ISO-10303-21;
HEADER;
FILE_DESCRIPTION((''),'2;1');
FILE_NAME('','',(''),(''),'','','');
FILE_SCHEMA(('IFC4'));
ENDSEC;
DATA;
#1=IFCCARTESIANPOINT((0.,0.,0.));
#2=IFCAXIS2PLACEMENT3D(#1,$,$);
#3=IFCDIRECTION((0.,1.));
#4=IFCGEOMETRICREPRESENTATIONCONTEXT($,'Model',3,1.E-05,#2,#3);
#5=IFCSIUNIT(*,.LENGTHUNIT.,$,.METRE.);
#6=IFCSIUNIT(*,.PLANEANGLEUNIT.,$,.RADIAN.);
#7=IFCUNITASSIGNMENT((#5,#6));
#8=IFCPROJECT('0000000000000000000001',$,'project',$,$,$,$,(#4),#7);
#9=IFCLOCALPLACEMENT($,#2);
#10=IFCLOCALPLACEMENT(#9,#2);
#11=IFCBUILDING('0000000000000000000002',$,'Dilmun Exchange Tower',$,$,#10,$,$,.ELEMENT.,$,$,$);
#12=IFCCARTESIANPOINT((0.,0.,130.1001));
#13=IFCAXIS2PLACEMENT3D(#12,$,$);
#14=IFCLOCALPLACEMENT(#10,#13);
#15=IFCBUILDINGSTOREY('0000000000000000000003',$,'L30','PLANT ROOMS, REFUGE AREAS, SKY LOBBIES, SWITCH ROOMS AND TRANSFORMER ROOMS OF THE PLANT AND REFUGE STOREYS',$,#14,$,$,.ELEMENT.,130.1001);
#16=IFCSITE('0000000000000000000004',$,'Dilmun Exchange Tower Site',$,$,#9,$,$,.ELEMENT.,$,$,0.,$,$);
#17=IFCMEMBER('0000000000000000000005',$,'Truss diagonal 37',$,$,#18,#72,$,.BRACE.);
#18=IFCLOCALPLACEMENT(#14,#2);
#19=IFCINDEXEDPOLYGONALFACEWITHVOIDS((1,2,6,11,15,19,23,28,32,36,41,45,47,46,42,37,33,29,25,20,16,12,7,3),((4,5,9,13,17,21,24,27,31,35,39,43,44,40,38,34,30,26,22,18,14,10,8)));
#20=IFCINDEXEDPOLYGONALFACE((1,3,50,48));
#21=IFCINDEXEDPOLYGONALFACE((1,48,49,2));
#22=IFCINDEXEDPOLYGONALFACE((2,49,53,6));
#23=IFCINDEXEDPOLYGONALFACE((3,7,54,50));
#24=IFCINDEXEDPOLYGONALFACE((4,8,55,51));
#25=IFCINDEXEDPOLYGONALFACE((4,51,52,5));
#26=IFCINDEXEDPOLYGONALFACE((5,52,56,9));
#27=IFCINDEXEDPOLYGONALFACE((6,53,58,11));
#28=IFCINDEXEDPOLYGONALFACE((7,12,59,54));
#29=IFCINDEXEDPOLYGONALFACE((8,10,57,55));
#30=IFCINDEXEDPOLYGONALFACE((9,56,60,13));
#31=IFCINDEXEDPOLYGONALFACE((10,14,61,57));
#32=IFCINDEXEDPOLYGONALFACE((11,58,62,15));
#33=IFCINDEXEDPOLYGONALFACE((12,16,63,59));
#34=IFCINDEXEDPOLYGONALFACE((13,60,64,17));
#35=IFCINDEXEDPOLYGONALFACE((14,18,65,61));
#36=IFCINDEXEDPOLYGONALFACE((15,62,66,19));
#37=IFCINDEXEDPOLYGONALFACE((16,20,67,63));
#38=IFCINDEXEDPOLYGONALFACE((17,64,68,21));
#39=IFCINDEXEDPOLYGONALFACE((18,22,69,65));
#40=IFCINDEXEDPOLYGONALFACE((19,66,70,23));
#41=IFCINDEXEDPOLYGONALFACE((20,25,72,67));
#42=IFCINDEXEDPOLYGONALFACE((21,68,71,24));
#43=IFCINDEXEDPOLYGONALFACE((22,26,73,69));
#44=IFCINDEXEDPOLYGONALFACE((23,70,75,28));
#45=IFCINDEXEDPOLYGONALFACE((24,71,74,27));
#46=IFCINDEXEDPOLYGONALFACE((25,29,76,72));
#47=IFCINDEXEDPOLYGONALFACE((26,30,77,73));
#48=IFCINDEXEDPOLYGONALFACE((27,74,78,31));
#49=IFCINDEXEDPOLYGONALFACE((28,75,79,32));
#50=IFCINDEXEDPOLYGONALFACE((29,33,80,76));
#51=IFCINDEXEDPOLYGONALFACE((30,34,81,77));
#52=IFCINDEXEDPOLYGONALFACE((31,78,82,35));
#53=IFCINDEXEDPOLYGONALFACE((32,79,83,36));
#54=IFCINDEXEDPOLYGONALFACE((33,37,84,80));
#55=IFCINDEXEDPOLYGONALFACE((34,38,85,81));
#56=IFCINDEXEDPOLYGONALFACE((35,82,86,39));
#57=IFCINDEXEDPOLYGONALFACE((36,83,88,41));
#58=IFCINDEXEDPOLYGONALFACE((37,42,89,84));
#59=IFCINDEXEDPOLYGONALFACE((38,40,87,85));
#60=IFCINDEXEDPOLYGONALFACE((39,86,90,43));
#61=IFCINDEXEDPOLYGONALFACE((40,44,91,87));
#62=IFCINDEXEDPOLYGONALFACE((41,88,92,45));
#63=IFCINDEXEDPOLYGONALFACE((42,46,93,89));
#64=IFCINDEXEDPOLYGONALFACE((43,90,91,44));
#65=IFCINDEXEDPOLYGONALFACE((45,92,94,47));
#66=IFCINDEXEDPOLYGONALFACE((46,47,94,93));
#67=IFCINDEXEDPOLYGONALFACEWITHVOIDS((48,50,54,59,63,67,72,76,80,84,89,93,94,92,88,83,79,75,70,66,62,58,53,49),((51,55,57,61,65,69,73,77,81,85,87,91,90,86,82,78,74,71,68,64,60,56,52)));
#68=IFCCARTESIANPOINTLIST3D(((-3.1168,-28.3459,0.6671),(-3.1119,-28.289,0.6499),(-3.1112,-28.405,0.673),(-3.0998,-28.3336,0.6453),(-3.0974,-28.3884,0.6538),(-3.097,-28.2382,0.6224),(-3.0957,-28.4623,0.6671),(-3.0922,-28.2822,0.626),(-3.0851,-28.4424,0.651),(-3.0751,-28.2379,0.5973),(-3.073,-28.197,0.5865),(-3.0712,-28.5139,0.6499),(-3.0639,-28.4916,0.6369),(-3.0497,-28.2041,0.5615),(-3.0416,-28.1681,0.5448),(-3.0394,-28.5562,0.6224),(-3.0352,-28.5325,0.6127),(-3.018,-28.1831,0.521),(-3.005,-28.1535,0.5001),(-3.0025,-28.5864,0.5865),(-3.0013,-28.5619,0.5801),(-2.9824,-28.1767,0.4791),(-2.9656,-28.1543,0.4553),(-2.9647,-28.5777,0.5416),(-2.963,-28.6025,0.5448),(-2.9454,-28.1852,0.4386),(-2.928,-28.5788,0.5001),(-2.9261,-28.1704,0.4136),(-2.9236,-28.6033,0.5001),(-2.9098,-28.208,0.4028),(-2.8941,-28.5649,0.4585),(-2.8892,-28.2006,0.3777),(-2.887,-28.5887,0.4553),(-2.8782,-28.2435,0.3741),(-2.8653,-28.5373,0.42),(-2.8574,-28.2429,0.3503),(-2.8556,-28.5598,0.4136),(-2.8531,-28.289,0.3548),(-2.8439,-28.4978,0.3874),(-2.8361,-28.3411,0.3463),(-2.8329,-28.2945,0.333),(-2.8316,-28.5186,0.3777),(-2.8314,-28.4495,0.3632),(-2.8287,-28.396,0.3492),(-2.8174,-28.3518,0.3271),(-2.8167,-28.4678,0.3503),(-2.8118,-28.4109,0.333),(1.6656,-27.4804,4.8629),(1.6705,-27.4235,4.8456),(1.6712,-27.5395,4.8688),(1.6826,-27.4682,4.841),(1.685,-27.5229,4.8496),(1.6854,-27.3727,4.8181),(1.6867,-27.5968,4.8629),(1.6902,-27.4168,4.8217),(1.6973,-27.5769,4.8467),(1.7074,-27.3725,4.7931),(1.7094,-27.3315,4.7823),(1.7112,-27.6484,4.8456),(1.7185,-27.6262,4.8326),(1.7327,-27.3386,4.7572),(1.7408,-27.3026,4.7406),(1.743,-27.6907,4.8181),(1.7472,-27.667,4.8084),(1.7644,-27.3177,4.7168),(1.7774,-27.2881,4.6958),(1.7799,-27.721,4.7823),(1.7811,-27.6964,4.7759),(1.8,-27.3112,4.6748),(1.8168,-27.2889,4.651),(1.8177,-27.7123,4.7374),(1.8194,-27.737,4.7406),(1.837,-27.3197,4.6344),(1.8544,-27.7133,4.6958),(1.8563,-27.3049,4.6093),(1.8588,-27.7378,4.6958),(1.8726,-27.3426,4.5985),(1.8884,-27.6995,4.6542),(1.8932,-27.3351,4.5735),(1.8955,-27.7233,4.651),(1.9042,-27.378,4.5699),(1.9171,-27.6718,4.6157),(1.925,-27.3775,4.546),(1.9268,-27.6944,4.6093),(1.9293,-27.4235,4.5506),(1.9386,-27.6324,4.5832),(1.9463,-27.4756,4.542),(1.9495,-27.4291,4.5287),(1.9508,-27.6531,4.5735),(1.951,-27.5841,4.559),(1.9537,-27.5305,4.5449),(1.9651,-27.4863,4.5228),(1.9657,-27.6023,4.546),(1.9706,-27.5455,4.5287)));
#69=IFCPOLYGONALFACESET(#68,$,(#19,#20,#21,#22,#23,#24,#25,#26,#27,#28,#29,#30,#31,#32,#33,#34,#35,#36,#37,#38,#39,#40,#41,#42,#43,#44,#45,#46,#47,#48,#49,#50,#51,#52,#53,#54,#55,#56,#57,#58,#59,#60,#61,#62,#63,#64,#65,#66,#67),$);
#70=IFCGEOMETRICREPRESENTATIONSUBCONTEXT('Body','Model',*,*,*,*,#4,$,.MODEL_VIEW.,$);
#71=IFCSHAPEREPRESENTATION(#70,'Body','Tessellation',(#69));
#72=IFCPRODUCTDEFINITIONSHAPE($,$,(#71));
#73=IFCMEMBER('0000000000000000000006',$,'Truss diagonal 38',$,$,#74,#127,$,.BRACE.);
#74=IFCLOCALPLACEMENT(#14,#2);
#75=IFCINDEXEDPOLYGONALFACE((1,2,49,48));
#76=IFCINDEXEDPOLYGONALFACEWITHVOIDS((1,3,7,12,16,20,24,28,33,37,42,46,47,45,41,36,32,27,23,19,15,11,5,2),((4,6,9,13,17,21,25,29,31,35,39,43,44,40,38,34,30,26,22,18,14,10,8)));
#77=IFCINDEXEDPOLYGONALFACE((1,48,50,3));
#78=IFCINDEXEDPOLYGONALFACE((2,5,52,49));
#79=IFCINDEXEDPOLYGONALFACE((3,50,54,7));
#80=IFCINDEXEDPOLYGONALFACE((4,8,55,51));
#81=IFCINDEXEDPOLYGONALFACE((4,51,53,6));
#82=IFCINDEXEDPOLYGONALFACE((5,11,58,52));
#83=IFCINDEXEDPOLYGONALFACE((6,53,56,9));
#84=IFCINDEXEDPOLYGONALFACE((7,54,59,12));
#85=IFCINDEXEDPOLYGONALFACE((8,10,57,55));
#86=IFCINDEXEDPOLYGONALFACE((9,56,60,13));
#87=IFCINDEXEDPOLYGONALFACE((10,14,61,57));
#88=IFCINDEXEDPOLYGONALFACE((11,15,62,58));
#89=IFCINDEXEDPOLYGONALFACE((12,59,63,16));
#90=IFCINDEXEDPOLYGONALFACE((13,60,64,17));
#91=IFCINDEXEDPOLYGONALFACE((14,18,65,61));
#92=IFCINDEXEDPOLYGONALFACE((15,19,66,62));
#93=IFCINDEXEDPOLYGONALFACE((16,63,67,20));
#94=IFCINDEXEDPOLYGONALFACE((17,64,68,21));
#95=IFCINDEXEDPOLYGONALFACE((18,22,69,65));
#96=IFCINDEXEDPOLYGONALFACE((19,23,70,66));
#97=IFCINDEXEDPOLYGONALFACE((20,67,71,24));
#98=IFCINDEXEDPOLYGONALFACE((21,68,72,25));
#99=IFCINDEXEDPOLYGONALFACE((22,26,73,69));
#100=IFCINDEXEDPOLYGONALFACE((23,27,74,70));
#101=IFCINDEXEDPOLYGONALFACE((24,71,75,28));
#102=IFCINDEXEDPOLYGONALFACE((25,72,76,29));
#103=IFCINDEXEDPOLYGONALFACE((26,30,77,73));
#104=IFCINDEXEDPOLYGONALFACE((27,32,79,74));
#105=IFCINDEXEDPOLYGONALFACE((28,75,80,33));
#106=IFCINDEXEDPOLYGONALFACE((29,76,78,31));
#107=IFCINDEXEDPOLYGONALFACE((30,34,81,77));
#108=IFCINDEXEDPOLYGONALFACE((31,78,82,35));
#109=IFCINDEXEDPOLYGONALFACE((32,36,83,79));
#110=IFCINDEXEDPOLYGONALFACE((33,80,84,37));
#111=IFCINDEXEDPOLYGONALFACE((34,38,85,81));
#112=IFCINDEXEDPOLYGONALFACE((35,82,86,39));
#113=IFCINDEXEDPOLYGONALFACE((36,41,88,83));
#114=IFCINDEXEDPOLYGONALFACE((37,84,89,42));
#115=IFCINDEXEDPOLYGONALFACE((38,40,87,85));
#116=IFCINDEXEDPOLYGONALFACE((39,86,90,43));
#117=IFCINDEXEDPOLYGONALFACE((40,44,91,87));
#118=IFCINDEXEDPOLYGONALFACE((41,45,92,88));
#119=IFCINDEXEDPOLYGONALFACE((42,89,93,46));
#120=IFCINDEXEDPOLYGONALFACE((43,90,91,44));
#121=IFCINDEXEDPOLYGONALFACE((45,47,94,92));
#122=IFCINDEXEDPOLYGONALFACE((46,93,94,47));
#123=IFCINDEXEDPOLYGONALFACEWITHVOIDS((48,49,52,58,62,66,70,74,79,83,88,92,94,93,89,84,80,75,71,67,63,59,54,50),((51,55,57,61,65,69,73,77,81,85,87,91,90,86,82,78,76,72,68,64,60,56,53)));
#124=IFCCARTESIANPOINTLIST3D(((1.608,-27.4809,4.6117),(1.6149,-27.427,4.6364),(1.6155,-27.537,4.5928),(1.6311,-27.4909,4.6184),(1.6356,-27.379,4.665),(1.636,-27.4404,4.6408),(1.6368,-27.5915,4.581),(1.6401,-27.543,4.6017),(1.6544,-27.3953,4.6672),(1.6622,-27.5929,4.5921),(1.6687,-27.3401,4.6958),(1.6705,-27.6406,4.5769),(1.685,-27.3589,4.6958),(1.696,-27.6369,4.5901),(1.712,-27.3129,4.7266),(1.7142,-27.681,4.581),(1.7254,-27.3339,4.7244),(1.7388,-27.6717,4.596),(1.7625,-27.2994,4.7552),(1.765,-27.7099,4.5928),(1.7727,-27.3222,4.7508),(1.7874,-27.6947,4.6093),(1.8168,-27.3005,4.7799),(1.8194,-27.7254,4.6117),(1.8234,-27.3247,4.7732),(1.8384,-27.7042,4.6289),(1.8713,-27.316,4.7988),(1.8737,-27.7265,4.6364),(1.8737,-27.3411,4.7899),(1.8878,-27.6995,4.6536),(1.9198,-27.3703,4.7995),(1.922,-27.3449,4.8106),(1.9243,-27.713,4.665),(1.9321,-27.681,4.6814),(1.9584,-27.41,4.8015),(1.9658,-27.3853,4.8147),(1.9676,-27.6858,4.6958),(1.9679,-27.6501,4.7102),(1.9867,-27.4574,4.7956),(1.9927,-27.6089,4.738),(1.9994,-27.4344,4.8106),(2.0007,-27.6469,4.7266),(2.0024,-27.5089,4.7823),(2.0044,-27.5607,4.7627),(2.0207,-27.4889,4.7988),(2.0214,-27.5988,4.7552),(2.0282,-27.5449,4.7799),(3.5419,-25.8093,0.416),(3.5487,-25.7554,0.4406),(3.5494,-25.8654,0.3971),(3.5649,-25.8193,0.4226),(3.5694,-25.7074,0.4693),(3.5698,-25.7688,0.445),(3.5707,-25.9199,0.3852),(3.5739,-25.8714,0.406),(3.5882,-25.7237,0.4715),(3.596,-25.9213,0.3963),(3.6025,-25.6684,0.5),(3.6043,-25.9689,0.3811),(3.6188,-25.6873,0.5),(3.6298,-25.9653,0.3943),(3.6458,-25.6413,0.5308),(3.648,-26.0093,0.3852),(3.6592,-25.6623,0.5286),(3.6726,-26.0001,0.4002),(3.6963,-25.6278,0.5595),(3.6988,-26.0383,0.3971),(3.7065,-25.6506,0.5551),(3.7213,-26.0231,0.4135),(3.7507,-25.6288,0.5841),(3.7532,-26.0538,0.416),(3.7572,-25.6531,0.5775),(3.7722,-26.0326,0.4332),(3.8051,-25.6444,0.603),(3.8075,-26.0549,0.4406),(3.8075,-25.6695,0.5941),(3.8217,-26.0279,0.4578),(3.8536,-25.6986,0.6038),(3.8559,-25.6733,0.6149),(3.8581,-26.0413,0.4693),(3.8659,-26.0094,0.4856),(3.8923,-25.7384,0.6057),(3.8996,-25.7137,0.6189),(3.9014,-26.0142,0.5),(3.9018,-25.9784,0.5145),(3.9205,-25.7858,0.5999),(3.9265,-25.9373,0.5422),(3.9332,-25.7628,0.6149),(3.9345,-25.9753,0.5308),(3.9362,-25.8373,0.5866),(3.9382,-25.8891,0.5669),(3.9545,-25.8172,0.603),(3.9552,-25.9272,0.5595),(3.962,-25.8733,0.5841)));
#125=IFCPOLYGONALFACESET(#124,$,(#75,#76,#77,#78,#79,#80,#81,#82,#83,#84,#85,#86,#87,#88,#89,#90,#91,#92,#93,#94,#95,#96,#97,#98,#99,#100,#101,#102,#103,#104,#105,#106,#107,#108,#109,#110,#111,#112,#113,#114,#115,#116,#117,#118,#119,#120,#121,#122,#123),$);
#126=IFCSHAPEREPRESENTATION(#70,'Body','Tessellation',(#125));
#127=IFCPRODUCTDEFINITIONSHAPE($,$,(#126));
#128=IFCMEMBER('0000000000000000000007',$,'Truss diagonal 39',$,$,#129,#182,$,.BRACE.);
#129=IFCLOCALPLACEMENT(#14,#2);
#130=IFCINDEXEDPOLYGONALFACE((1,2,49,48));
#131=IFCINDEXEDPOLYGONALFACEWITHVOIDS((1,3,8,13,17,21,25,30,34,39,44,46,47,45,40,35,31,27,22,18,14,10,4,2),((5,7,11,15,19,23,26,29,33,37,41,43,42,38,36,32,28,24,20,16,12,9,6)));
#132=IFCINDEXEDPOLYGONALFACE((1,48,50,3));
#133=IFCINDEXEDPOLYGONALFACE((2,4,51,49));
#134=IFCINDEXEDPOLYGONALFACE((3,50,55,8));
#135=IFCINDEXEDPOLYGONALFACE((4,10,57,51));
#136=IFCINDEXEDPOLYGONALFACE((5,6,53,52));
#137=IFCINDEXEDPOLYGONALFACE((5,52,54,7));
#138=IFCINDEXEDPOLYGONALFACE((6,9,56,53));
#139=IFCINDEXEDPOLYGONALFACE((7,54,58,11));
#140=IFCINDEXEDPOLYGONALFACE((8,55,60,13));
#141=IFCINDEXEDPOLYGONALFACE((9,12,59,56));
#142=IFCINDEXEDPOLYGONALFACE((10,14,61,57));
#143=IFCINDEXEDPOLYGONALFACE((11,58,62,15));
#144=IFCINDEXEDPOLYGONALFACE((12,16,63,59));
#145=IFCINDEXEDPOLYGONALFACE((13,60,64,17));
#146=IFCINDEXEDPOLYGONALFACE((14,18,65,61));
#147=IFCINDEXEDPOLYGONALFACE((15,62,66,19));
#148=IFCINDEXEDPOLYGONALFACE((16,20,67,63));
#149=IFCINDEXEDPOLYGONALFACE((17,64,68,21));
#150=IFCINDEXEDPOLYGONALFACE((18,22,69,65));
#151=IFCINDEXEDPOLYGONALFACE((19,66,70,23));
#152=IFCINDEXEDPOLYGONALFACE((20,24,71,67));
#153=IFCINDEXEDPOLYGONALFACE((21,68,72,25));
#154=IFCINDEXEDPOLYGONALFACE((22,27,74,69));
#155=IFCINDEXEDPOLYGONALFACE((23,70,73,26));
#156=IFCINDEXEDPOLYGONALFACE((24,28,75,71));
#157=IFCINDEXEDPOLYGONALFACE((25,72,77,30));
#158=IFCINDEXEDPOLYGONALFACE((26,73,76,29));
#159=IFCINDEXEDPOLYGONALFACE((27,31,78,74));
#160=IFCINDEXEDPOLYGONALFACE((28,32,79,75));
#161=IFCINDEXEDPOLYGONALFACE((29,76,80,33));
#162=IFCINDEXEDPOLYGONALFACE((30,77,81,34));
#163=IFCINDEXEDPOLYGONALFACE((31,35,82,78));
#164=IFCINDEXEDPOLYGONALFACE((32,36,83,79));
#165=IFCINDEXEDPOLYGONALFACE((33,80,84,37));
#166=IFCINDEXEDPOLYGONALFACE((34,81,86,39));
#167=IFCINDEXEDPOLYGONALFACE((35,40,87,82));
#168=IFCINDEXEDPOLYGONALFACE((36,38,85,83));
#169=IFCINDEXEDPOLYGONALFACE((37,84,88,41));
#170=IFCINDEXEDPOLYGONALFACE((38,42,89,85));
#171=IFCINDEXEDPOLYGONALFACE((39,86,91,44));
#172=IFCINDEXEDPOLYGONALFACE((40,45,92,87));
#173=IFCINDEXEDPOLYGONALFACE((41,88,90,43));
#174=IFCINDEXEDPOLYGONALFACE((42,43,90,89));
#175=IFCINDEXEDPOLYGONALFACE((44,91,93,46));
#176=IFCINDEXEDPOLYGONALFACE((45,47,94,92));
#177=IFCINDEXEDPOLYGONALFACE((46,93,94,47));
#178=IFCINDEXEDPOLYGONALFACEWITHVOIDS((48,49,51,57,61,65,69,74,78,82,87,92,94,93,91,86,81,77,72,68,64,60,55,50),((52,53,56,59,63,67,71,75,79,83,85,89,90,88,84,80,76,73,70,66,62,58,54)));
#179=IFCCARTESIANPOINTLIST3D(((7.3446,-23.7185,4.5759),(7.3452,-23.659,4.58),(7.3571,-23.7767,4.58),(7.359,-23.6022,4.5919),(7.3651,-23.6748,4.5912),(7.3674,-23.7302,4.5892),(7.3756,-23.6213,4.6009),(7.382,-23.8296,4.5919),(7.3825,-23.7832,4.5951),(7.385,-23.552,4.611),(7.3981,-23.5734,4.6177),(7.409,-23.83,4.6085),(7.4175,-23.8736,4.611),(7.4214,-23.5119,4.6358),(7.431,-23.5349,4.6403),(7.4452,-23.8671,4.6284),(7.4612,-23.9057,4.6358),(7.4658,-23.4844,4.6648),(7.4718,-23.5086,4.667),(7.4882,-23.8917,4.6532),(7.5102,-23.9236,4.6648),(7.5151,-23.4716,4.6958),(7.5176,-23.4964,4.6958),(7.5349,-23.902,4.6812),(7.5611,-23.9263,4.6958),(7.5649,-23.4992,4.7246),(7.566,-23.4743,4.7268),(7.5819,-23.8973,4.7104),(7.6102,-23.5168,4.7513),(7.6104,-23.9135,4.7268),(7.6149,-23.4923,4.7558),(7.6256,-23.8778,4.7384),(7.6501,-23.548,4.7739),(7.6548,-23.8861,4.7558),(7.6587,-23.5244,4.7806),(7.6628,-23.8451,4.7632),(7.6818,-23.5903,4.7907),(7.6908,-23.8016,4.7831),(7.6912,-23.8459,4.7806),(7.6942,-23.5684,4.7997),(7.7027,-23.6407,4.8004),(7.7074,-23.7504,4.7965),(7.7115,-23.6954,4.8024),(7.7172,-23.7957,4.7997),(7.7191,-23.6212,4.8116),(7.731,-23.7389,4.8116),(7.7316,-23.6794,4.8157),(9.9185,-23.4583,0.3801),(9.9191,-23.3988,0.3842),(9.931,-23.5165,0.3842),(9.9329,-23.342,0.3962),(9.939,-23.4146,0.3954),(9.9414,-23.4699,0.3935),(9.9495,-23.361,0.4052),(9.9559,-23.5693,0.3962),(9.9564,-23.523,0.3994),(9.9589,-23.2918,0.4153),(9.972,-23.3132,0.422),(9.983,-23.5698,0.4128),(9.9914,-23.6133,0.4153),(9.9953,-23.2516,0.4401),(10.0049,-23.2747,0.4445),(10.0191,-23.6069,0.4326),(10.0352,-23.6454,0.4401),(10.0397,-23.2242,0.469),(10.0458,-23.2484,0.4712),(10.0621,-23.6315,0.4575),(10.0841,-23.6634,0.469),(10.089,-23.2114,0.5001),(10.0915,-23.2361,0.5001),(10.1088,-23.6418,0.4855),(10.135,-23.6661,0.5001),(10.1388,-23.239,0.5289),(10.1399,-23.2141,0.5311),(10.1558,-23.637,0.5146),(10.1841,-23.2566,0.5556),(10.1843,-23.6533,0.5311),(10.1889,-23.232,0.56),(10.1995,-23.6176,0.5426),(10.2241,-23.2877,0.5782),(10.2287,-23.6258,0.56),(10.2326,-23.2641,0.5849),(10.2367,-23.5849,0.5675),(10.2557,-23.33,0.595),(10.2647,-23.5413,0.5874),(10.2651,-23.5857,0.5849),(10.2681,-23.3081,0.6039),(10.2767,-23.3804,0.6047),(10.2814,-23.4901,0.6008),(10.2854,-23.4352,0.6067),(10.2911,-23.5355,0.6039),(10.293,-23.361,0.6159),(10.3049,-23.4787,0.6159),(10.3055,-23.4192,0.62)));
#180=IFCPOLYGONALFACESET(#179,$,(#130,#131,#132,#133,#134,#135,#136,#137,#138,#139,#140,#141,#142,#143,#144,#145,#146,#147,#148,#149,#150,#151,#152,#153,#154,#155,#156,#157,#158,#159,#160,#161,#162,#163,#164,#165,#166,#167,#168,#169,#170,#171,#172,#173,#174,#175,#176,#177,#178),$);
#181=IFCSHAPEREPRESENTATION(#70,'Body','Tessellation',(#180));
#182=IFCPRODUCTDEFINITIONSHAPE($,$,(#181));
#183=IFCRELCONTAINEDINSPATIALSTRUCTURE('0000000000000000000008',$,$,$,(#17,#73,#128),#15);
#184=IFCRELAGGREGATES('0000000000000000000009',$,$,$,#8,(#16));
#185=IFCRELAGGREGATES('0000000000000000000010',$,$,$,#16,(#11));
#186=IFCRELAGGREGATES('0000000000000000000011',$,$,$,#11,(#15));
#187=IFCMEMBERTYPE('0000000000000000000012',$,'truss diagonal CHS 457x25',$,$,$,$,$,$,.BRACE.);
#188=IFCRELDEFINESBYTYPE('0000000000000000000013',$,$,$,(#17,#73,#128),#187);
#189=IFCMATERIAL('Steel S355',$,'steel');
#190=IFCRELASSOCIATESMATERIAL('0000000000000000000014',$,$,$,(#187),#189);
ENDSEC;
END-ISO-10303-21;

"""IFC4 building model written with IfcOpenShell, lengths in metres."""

from ifc_helpers import new_model, si_unit, direction, frame, origin, origin_2d, place, context, subcontext, project, spatial, hollow_circle, extrude, material, material_profile, profile_set, type_object, element, save


model = new_model("IFC4")

# Units and contexts
model_context = context("Model", 3, precision=1e-05, world=origin(), true_north=direction((0.0, 1.0)))
body_context = subcontext(model_context, "Body", "Model", "MODEL_VIEW")
ifc_project = project(units=[si_unit("LENGTHUNIT", "METRE"), si_unit("PLANEANGLEUNIT", "RADIAN")], contexts=[model_context])

# Site, building, storey
site_placement = place(None, origin())
site = spatial("IfcSite", under=ifc_project, at=site_placement, Name="Dilmun Exchange Tower Site", CompositionType="ELEMENT", RefElevation=0.0)
building_placement = place(site_placement, origin())
building = spatial("IfcBuilding", under=site, at=building_placement, Name="Dilmun Exchange Tower", CompositionType="ELEMENT")
storey_placement = place(building_placement, frame((0.0, 0.0, 130.1001)))
storey = spatial("IfcBuildingStorey", under=building, at=storey_placement, Name="L30", Description="PLANT ROOMS, REFUGE AREAS, SKY LOBBIES, SWITCH ROOMS AND TRANSFORMER ROOMS OF THE PLANT AND REFUGE STOREYS", CompositionType="ELEMENT", Elevation=130.1001)

# Shared definitions
ifc_material_1 = material(Name="Steel S355", Category="steel")

# Members
ifc_material_profile_1 = material_profile(ifc_material_1, hollow_circle(Radius=0.2285, WallThickness=0.0249, at=origin_2d()), Name="CHS 457x25")
ifc_profile_set_1 = profile_set([ifc_material_profile_1], Name="Steel S355")
member_type_1 = type_object("IfcMemberType", Name="truss diagonal CHS 457x25", PredefinedType="BRACE", material=ifc_profile_set_1)
member_1_placement = place(storey_placement, frame((1.8181, -27.5129, 4.6958), z_axis=(-0.744848, -0.134794, -0.653477), x_axis=(0.178076, -0.984017, 0.0)))
element("IfcMember", 1, at=member_1_placement, inside=storey, type_object=member_type_1, Name="Truss diagonal 37", PredefinedType="BRACE", context=body_context, shape_type="SweptSolid", body=[
    extrude(hollow_circle(Radius=0.2285, WallThickness=0.0249, at=origin_2d()), origin(), (0.0, 0.0, 1.0), 6.4207),
])
member_2_placement = place(storey_placement, frame((1.8181, -27.5129, 4.6958), z_axis=(0.393606, 0.340238, -0.853998), x_axis=(-0.653956, 0.756533, 0.0)))
element("IfcMember", 2, at=member_2_placement, inside=storey, type_object=member_type_1, Name="Truss diagonal 38", PredefinedType="BRACE", context=body_context, shape_type="SweptSolid", body=[
    extrude(hollow_circle(Radius=0.2285, WallThickness=0.0249, at=origin_2d()), origin(), (0.0, 0.0, 1.0), 4.9131),
])
member_3_placement = place(storey_placement, frame((7.5381, -23.699, 4.6958), z_axis=(0.52218, 0.052798, -0.851199), x_axis=(-0.100597, 0.994927, 0.0)))
element("IfcMember", 3, at=member_3_placement, inside=storey, type_object=member_type_1, Name="Truss diagonal 39", PredefinedType="BRACE", context=body_context, shape_type="SweptSolid", body=[
    extrude(hollow_circle(Radius=0.2285, WallThickness=0.0249, at=origin_2d()), origin(), (0.0, 0.0, 1.0), 4.9292),
])

save(model, "model.ifc")
